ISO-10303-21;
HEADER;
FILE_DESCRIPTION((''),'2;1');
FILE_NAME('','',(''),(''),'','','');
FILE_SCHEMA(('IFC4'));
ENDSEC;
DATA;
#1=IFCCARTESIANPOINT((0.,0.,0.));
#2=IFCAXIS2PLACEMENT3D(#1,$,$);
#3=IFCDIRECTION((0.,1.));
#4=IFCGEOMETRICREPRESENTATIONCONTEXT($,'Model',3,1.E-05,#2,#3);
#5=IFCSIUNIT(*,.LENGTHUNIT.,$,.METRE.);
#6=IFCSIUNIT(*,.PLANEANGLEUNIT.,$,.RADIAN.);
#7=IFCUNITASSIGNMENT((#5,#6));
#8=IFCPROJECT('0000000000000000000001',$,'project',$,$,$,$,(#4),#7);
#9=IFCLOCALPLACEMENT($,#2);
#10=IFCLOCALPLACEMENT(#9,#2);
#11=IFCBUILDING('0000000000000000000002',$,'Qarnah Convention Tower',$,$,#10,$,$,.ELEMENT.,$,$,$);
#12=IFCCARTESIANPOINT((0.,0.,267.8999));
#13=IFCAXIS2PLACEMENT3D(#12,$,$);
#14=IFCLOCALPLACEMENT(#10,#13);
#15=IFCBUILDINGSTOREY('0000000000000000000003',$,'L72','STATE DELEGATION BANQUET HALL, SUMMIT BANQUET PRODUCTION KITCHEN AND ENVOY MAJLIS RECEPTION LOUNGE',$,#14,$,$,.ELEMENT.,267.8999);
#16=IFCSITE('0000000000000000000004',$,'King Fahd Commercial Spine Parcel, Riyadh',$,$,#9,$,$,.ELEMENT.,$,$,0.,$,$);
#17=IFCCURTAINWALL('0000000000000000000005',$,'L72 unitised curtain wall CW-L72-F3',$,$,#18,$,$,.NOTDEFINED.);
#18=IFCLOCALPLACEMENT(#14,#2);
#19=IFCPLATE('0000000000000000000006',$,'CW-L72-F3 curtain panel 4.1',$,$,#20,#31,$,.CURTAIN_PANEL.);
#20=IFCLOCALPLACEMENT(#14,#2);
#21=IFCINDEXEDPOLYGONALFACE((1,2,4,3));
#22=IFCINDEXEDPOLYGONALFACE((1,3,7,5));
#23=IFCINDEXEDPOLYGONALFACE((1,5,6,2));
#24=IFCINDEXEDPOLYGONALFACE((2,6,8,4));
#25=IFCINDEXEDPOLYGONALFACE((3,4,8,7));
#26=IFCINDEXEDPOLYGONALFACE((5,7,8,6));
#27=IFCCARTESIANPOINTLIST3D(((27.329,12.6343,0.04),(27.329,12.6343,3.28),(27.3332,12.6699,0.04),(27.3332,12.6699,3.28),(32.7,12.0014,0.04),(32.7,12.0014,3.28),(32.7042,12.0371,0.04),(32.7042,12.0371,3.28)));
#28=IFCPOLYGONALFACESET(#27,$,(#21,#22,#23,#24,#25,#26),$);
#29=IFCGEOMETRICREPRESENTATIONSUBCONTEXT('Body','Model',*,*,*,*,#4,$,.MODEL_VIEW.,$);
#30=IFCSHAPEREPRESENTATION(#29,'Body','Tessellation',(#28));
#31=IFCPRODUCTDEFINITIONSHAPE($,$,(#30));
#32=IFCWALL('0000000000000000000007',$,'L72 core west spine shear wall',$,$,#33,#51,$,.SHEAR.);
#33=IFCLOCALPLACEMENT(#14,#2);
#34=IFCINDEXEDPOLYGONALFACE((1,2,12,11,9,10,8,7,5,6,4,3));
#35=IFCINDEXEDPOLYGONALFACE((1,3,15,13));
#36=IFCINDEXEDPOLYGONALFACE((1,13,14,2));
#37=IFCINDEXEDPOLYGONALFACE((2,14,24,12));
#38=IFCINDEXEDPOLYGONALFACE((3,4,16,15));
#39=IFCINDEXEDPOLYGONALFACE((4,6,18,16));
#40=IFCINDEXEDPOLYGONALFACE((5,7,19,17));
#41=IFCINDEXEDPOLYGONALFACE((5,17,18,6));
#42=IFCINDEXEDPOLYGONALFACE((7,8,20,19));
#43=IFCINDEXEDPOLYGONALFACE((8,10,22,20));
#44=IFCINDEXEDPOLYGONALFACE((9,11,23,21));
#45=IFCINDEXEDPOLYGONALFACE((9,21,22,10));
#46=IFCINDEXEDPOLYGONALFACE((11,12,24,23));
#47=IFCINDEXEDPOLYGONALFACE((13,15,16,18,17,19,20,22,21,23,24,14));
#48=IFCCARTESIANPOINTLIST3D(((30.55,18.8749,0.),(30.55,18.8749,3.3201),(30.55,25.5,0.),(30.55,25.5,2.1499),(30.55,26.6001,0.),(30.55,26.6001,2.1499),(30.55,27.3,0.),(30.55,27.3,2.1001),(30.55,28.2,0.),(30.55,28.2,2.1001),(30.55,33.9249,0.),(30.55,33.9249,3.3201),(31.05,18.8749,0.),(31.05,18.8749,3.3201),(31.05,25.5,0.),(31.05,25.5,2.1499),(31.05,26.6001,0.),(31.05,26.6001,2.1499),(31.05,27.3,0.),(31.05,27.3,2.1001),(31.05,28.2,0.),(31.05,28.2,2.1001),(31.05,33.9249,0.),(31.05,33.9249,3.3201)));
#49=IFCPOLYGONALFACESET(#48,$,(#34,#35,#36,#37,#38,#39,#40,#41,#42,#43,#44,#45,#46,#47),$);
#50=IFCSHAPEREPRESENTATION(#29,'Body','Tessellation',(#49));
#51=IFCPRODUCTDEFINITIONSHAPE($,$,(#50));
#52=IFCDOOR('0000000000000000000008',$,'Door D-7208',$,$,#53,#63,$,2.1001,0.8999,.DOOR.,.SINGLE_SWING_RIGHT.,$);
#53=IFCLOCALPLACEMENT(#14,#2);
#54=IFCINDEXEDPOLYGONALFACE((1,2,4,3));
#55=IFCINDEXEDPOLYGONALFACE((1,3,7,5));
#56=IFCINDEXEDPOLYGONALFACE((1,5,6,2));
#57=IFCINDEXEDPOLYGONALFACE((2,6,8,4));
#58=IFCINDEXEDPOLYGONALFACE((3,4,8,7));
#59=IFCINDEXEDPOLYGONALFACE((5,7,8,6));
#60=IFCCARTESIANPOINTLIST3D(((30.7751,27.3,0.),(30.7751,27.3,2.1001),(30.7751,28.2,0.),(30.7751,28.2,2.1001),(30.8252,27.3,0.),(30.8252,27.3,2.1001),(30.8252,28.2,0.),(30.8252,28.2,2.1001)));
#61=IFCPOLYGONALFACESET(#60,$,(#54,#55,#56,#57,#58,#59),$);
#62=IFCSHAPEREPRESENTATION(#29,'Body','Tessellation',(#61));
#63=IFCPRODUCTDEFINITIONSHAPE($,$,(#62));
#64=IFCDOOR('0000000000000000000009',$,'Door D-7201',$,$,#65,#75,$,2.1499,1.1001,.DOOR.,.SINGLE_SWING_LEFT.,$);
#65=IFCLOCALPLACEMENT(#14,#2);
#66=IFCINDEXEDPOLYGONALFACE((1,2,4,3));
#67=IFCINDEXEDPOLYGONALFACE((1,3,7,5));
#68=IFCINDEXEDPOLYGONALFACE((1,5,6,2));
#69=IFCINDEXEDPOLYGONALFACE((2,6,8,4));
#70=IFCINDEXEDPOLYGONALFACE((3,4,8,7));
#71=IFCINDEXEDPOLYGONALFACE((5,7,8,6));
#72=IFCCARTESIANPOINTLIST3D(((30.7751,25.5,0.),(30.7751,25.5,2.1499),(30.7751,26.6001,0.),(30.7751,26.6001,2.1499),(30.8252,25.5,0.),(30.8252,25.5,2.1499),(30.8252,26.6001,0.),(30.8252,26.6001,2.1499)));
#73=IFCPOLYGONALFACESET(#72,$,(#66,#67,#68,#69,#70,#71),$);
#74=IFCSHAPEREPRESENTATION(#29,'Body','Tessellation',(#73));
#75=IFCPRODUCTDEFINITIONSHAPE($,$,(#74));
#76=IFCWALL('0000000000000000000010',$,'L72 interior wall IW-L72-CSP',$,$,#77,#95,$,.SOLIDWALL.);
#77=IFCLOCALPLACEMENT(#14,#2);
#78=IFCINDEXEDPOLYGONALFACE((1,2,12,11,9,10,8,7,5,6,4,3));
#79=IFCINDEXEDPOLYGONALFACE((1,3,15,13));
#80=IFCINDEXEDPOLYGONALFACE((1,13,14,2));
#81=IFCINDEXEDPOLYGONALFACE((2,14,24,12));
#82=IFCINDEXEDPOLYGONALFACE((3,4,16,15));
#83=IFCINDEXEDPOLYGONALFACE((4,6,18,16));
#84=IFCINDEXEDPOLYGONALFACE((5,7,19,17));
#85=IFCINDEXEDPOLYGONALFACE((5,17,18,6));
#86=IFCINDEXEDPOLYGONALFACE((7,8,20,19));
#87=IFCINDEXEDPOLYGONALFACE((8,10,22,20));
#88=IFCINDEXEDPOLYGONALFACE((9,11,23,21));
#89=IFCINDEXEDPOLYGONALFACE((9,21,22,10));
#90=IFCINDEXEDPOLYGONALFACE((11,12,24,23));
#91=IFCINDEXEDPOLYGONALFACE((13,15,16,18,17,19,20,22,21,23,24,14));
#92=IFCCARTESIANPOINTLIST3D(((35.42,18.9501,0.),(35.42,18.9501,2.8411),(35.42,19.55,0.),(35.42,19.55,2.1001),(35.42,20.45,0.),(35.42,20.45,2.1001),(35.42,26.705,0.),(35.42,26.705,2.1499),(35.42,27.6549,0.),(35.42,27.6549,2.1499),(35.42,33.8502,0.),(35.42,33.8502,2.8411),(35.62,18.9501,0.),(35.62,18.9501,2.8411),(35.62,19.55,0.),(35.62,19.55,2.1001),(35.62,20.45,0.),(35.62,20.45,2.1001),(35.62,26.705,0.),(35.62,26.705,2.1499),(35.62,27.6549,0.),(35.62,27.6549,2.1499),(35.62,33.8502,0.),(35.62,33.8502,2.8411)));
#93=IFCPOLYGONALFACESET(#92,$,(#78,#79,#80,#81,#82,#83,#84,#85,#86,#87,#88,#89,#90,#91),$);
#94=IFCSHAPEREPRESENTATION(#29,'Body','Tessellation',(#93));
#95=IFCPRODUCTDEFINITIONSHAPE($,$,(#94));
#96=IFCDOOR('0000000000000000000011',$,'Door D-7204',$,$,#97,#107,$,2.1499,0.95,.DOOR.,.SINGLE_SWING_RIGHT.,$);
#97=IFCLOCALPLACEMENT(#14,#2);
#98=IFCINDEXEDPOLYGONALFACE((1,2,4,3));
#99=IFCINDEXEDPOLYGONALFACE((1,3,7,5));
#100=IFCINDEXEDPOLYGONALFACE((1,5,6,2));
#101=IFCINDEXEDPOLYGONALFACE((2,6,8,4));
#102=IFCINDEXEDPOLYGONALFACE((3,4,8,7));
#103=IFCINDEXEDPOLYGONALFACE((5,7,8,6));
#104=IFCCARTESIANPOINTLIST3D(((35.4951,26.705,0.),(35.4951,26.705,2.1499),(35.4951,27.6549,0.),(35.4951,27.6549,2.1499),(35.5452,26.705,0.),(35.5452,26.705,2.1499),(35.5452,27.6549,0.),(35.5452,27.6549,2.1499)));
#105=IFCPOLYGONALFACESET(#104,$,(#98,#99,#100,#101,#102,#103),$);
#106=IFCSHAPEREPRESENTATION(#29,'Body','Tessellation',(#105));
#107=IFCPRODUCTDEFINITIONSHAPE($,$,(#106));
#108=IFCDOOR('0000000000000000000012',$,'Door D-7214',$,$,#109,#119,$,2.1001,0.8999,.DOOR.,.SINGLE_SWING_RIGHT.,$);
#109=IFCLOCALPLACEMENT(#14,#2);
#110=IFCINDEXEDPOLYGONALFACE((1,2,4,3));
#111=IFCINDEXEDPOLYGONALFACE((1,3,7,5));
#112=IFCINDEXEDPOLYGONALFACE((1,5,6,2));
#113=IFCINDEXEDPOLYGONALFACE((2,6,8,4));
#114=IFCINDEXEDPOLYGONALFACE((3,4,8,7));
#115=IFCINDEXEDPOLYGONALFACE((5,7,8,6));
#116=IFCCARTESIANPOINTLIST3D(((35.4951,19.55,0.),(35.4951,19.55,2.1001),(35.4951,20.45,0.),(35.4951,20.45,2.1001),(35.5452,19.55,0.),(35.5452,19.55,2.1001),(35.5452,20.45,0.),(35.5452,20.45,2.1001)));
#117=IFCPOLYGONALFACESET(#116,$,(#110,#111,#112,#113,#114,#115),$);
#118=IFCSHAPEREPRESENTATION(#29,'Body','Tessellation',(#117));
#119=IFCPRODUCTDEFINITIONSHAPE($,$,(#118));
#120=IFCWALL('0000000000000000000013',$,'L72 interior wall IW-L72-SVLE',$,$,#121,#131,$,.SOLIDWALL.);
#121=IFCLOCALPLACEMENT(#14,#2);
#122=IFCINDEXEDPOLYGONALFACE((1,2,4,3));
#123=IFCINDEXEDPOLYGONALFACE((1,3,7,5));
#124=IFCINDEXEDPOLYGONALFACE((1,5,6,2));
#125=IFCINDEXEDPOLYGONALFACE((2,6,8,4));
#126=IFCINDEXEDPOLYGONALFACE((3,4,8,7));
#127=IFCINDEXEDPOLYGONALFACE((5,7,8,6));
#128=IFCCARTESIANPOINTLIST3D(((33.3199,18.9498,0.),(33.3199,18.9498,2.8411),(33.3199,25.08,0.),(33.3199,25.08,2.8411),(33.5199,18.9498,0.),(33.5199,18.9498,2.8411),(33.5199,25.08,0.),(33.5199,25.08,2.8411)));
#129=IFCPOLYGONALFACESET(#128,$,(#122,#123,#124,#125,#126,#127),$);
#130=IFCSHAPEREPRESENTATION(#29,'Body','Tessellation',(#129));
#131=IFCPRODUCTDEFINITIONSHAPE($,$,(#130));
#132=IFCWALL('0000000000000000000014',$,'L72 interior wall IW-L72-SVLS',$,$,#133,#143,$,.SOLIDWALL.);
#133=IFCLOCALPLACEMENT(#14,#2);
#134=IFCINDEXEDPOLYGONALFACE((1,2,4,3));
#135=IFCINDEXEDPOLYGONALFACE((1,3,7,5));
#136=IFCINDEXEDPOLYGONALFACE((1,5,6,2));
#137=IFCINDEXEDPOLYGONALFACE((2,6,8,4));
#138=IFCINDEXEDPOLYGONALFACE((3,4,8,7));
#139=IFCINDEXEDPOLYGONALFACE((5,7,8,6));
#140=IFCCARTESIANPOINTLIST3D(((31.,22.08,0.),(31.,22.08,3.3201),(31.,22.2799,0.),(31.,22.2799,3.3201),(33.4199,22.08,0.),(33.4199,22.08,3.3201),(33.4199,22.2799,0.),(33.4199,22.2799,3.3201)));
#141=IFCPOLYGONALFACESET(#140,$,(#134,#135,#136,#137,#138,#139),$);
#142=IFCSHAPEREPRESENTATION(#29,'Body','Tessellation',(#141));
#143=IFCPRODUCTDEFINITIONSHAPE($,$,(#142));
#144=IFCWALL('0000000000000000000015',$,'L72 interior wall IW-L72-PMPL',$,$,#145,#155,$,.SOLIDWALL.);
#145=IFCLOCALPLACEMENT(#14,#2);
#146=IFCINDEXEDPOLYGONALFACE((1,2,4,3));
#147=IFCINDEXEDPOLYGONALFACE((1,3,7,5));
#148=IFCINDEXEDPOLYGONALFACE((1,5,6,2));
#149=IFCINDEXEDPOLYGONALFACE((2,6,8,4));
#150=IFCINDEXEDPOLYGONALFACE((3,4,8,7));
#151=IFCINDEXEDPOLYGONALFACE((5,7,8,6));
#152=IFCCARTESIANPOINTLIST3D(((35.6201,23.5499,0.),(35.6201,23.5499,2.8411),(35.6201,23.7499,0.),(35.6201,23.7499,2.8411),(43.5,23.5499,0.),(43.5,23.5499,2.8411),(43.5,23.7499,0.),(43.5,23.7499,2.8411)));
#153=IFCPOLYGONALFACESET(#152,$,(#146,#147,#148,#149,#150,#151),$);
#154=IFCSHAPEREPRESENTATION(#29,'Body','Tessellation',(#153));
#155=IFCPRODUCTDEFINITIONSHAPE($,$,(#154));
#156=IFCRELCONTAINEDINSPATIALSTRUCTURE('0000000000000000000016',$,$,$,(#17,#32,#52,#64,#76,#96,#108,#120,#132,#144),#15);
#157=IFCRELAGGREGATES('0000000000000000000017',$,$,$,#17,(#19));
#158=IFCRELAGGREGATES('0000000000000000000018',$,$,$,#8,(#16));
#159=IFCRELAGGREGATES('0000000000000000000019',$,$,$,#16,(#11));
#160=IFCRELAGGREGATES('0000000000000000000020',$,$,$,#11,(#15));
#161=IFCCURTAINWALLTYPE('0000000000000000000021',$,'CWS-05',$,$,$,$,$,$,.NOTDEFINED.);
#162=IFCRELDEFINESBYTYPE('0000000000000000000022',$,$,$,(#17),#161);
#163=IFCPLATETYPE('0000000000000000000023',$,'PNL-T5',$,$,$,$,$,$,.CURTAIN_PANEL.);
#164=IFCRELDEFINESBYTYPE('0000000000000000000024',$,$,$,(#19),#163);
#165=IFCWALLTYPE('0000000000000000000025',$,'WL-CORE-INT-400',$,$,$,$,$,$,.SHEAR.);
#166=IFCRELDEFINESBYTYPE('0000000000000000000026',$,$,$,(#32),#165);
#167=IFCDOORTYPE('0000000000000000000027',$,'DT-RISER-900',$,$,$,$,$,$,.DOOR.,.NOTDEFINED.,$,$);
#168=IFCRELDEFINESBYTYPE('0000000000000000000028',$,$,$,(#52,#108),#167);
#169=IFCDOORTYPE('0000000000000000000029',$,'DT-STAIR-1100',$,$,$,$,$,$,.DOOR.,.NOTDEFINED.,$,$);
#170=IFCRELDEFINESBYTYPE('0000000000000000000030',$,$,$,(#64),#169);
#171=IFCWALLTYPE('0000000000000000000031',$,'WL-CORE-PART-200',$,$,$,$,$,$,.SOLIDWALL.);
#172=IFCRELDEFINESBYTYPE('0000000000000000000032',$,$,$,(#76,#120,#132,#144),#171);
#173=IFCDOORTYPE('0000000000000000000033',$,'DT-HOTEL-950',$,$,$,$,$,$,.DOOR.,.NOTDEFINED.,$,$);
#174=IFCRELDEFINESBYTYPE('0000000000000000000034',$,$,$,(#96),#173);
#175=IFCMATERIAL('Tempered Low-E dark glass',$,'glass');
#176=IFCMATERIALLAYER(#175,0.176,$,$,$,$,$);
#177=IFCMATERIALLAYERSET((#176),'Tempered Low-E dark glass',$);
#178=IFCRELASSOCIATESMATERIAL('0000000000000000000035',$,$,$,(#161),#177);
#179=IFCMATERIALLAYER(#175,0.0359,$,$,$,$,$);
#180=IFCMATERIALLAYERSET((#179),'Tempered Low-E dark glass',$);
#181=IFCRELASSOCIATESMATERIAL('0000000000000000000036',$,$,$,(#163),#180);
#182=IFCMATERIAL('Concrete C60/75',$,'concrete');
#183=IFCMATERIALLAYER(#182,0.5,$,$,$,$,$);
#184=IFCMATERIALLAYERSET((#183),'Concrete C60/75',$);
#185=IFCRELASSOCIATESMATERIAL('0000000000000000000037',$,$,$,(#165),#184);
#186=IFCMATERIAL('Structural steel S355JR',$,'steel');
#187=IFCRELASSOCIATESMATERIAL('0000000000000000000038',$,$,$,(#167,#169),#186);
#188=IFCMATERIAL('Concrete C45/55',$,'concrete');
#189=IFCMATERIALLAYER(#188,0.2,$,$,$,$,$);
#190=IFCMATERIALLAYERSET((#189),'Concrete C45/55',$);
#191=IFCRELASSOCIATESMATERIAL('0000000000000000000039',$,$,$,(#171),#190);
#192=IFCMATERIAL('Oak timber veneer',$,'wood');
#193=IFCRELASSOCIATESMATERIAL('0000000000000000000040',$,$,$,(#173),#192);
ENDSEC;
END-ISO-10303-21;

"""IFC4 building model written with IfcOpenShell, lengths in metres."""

from ifc_helpers import new_model, si_unit, direction, frame, frame_2d, origin, origin_2d, place, context, subcontext, project, spatial, rectangle, extrude, material, layer, layer_set, type_object, element, fill, aggregate, save


model = new_model("IFC4")

# Units and contexts
model_context = context("Model", 3, precision=1e-05, world=origin(), true_north=direction((0.0, 1.0)))
body_context = subcontext(model_context, "Body", "Model", "MODEL_VIEW")
ifc_project = project(units=[si_unit("LENGTHUNIT", "METRE"), si_unit("PLANEANGLEUNIT", "RADIAN")], contexts=[model_context])

# Site, building, storey
site_placement = place(None, origin())
site = spatial("IfcSite", under=ifc_project, at=site_placement, Name="King Fahd Commercial Spine Parcel, Riyadh", CompositionType="ELEMENT", RefElevation=0.0)
building_placement = place(site_placement, origin())
building = spatial("IfcBuilding", under=site, at=building_placement, Name="Qarnah Convention Tower", CompositionType="ELEMENT")
storey_placement = place(building_placement, frame((0.0, 0.0, 267.8999)))
storey = spatial("IfcBuildingStorey", under=building, at=storey_placement, Name="L72", Description="STATE DELEGATION BANQUET HALL, SUMMIT BANQUET PRODUCTION KITCHEN AND ENVOY MAJLIS RECEPTION LOUNGE", CompositionType="ELEMENT", Elevation=267.8999)

# Shared definitions
ifc_material_1 = material(Name="Structural steel S355JR", Category="steel")

# Curtain wall, plate
ifc_material_2 = material(Name="Tempered Low-E dark glass", Category="glass")
ifc_layer_1 = layer(ifc_material_2, 0.176)
ifc_layer_set_1 = layer_set([ifc_layer_1], Name="Tempered Low-E dark glass")
curtain_wall_type = type_object("IfcCurtainWallType", Name="CWS-05", PredefinedType="NOTDEFINED", material=ifc_layer_set_1)
curtain_wall_placement = place(storey_placement, origin())
curtain_wall = element("IfcCurtainWall", 1, at=curtain_wall_placement, inside=storey, type_object=curtain_wall_type, Name="L72 unitised curtain wall CW-L72-F3", PredefinedType="NOTDEFINED")
ifc_layer_2 = layer(ifc_material_2, 0.0359)
ifc_layer_set_2 = layer_set([ifc_layer_2], Name="Tempered Low-E dark glass")
plate_type = type_object("IfcPlateType", Name="PNL-T5", PredefinedType="CURTAIN_PANEL", material=ifc_layer_set_2)
plate_1_placement = place(storey_placement, frame((30.0166, 12.3357, 0.04), z_axis=(0.0, 0.0, 1.0), x_axis=(-0.99313, 0.117017, 0.0)))
plate_1 = element("IfcPlate", 2, at=plate_1_placement, type_object=plate_type, Name="CW-L72-F3 curtain panel 4.1", PredefinedType="CURTAIN_PANEL", context=body_context, shape_type="SweptSolid", body=[
    extrude(rectangle(XDim=5.4082, YDim=0.0359, at=origin_2d()), origin(), (0.0, 0.0, 1.0), 3.24),
])
aggregate(curtain_wall, [plate_1])

# Walls, openings, doors
ifc_material_3 = material(Name="Concrete C60/75", Category="concrete")
ifc_layer_3 = layer(ifc_material_3, 0.5)
ifc_layer_set_3 = layer_set([ifc_layer_3], Name="Concrete C60/75")
wall_type_1 = type_object("IfcWallType", Name="WL-CORE-INT-400", PredefinedType="SHEAR", material=ifc_layer_set_3)
wall_1_placement = place(storey_placement, frame((30.8, 18.875, 0.0), z_axis=(0.0, 0.0, 1.0), x_axis=(0.0, 1.0, 0.0)))
wall_1 = element("IfcWall", 3, at=wall_1_placement, inside=storey, type_object=wall_type_1, Name="L72 core west spine shear wall", PredefinedType="SHEAR", context=body_context, shape_type="SweptSolid", body=[
    extrude(rectangle(XDim=15.05, YDim=0.5, at=frame_2d((7.5249, 0.0))), origin(), (0.0, 0.0, 1.0), 3.3201),
])
opening_1_placement = place(wall_1_placement, frame((6.625, 0.0, 0.0)))
opening_1 = element("IfcOpeningElement", 4, at=opening_1_placement, cuts=wall_1, PredefinedType="OPENING", context=body_context, shape_type="SweptSolid", body=[
    extrude(rectangle(XDim=1.1001, YDim=2.1499, at=frame_2d((0.55, 1.075))), frame((0.0, 0.26, 0.0), z_axis=(0.0, -1.0, 0.0), x_axis=(1.0, 0.0, 0.0)), (0.0, 0.0, 1.0), 0.52),
])
opening_2_placement = place(wall_1_placement, frame((8.425, 0.0, 0.0)))
opening_2 = element("IfcOpeningElement", 5, at=opening_2_placement, cuts=wall_1, PredefinedType="OPENING", context=body_context, shape_type="SweptSolid", body=[
    extrude(rectangle(XDim=0.8999, YDim=2.1001, at=frame_2d((0.45, 1.05))), frame((0.0, 0.26, 0.0), z_axis=(0.0, -1.0, 0.0), x_axis=(1.0, 0.0, 0.0)), (0.0, 0.0, 1.0), 0.52),
])
door_type_1 = type_object("IfcDoorType", Name="DT-RISER-900", OperationType="NOTDEFINED", PredefinedType="DOOR", material=ifc_material_1)
door_1_placement = place(opening_2_placement, origin())
door_1 = element("IfcDoor", 6, at=door_1_placement, inside=storey, type_object=door_type_1, Name="Door D-7208", OperationType="SINGLE_SWING_RIGHT", OverallHeight=2.1001, OverallWidth=0.8999, PredefinedType="DOOR", context=body_context, shape_type="SweptSolid", body=[
    extrude(rectangle(XDim=0.8999, YDim=2.1001, at=frame_2d((0.45, 1.05))), frame((0.0, 0.0249, 0.0), z_axis=(0.0, -1.0, 0.0), x_axis=(1.0, 0.0, 0.0)), (0.0, 0.0, 1.0), 0.05),
])
fill(opening_2, door_1)
door_type_2 = type_object("IfcDoorType", Name="DT-STAIR-1100", OperationType="NOTDEFINED", PredefinedType="DOOR", material=ifc_material_1)
door_2_placement = place(opening_1_placement, origin())
door_2 = element("IfcDoor", 7, at=door_2_placement, inside=storey, type_object=door_type_2, Name="Door D-7201", OperationType="SINGLE_SWING_LEFT", OverallHeight=2.1499, OverallWidth=1.1001, PredefinedType="DOOR", context=body_context, shape_type="SweptSolid", body=[
    extrude(rectangle(XDim=1.1001, YDim=2.1499, at=frame_2d((0.55, 1.075))), frame((0.0, 0.0249, 0.0), z_axis=(0.0, -1.0, 0.0), x_axis=(1.0, 0.0, 0.0)), (0.0, 0.0, 1.0), 0.05),
])
fill(opening_1, door_2)
ifc_material_4 = material(Name="Concrete C45/55", Category="concrete")
ifc_layer_4 = layer(ifc_material_4, 0.2)
ifc_layer_set_4 = layer_set([ifc_layer_4], Name="Concrete C45/55")
wall_type_2 = type_object("IfcWallType", Name="WL-CORE-PART-200", PredefinedType="SOLIDWALL", material=ifc_layer_set_4)
wall_2_placement = place(storey_placement, frame((35.52, 18.95, 0.0), z_axis=(0.0, 0.0, 1.0), x_axis=(0.0, 1.0, 0.0)))
wall_2 = element("IfcWall", 8, at=wall_2_placement, inside=storey, type_object=wall_type_2, Name="L72 interior wall IW-L72-CSP", PredefinedType="SOLIDWALL", context=body_context, shape_type="SweptSolid", body=[
    extrude(rectangle(XDim=14.9001, YDim=0.2, at=frame_2d((7.4502, 0.0))), origin(), (0.0, 0.0, 1.0), 2.8411),
])
opening_3_placement = place(wall_2_placement, frame((7.7549, 0.0, 0.0)))
opening_3 = element("IfcOpeningElement", 9, at=opening_3_placement, cuts=wall_2, PredefinedType="OPENING", context=body_context, shape_type="SweptSolid", body=[
    extrude(rectangle(XDim=0.95, YDim=2.1499, at=frame_2d((0.4751, 1.075))), frame((0.0, 0.1099, 0.0), z_axis=(0.0, -1.0, 0.0), x_axis=(1.0, 0.0, 0.0)), (0.0, 0.0, 1.0), 0.22),
])
opening_4_placement = place(wall_2_placement, frame((0.6001, 0.0, 0.0)))
opening_4 = element("IfcOpeningElement", 10, at=opening_4_placement, cuts=wall_2, PredefinedType="OPENING", context=body_context, shape_type="SweptSolid", body=[
    extrude(rectangle(XDim=0.8999, YDim=2.1001, at=frame_2d((0.45, 1.05))), frame((0.0, 0.1099, 0.0), z_axis=(0.0, -1.0, 0.0), x_axis=(1.0, 0.0, 0.0)), (0.0, 0.0, 1.0), 0.22),
])
ifc_material_5 = material(Name="Oak timber veneer", Category="wood")
door_type_3 = type_object("IfcDoorType", Name="DT-HOTEL-950", OperationType="NOTDEFINED", PredefinedType="DOOR", material=ifc_material_5)
door_3_placement = place(opening_3_placement, origin())
door_3 = element("IfcDoor", 11, at=door_3_placement, inside=storey, type_object=door_type_3, Name="Door D-7204", OperationType="SINGLE_SWING_RIGHT", OverallHeight=2.1499, OverallWidth=0.95, PredefinedType="DOOR", context=body_context, shape_type="SweptSolid", body=[
    extrude(rectangle(XDim=0.95, YDim=2.1499, at=frame_2d((0.4751, 1.075))), frame((0.0, 0.0249, 0.0), z_axis=(0.0, -1.0, 0.0), x_axis=(1.0, 0.0, 0.0)), (0.0, 0.0, 1.0), 0.05),
])
fill(opening_3, door_3)
door_4_placement = place(opening_4_placement, origin())
door_4 = element("IfcDoor", 12, at=door_4_placement, inside=storey, type_object=door_type_1, Name="Door D-7214", OperationType="SINGLE_SWING_RIGHT", OverallHeight=2.1001, OverallWidth=0.8999, PredefinedType="DOOR", context=body_context, shape_type="SweptSolid", body=[
    extrude(rectangle(XDim=0.8999, YDim=2.1001, at=frame_2d((0.45, 1.05))), frame((0.0, 0.0249, 0.0), z_axis=(0.0, -1.0, 0.0), x_axis=(1.0, 0.0, 0.0)), (0.0, 0.0, 1.0), 0.05),
])
fill(opening_4, door_4)

# Walls
wall_3_placement = place(storey_placement, frame((33.4199, 18.95, 0.0), z_axis=(0.0, 0.0, 1.0), x_axis=(0.0, 1.0, 0.0)))
element("IfcWall", 13, at=wall_3_placement, inside=storey, type_object=wall_type_2, Name="L72 interior wall IW-L72-SVLE", PredefinedType="SOLIDWALL", context=body_context, shape_type="SweptSolid", body=[
    extrude(rectangle(XDim=6.1301, YDim=0.2, at=frame_2d((3.0649, 0.0))), origin(), (0.0, 0.0, 1.0), 2.8411),
])
wall_4_placement = place(storey_placement, frame((31.0, 22.1799, 0.0), z_axis=(0.0, 0.0, 1.0), x_axis=(1.0, 0.0, 0.0)))
element("IfcWall", 14, at=wall_4_placement, inside=storey, type_object=wall_type_2, Name="L72 interior wall IW-L72-SVLS", PredefinedType="SOLIDWALL", context=body_context, shape_type="SweptSolid", body=[
    extrude(rectangle(XDim=2.4199, YDim=0.2, at=frame_2d((1.21, 0.0))), origin(), (0.0, 0.0, 1.0), 3.3201),
])
wall_5_placement = place(storey_placement, frame((35.6201, 23.6499, 0.0), z_axis=(0.0, 0.0, 1.0), x_axis=(1.0, 0.0, 0.0)))
element("IfcWall", 15, at=wall_5_placement, inside=storey, type_object=wall_type_2, Name="L72 interior wall IW-L72-PMPL", PredefinedType="SOLIDWALL", context=body_context, shape_type="SweptSolid", body=[
    extrude(rectangle(XDim=7.8799, YDim=0.2, at=frame_2d((3.9399, 0.0))), origin(), (0.0, 0.0, 1.0), 2.8411),
])

save(model, "model.ifc")
